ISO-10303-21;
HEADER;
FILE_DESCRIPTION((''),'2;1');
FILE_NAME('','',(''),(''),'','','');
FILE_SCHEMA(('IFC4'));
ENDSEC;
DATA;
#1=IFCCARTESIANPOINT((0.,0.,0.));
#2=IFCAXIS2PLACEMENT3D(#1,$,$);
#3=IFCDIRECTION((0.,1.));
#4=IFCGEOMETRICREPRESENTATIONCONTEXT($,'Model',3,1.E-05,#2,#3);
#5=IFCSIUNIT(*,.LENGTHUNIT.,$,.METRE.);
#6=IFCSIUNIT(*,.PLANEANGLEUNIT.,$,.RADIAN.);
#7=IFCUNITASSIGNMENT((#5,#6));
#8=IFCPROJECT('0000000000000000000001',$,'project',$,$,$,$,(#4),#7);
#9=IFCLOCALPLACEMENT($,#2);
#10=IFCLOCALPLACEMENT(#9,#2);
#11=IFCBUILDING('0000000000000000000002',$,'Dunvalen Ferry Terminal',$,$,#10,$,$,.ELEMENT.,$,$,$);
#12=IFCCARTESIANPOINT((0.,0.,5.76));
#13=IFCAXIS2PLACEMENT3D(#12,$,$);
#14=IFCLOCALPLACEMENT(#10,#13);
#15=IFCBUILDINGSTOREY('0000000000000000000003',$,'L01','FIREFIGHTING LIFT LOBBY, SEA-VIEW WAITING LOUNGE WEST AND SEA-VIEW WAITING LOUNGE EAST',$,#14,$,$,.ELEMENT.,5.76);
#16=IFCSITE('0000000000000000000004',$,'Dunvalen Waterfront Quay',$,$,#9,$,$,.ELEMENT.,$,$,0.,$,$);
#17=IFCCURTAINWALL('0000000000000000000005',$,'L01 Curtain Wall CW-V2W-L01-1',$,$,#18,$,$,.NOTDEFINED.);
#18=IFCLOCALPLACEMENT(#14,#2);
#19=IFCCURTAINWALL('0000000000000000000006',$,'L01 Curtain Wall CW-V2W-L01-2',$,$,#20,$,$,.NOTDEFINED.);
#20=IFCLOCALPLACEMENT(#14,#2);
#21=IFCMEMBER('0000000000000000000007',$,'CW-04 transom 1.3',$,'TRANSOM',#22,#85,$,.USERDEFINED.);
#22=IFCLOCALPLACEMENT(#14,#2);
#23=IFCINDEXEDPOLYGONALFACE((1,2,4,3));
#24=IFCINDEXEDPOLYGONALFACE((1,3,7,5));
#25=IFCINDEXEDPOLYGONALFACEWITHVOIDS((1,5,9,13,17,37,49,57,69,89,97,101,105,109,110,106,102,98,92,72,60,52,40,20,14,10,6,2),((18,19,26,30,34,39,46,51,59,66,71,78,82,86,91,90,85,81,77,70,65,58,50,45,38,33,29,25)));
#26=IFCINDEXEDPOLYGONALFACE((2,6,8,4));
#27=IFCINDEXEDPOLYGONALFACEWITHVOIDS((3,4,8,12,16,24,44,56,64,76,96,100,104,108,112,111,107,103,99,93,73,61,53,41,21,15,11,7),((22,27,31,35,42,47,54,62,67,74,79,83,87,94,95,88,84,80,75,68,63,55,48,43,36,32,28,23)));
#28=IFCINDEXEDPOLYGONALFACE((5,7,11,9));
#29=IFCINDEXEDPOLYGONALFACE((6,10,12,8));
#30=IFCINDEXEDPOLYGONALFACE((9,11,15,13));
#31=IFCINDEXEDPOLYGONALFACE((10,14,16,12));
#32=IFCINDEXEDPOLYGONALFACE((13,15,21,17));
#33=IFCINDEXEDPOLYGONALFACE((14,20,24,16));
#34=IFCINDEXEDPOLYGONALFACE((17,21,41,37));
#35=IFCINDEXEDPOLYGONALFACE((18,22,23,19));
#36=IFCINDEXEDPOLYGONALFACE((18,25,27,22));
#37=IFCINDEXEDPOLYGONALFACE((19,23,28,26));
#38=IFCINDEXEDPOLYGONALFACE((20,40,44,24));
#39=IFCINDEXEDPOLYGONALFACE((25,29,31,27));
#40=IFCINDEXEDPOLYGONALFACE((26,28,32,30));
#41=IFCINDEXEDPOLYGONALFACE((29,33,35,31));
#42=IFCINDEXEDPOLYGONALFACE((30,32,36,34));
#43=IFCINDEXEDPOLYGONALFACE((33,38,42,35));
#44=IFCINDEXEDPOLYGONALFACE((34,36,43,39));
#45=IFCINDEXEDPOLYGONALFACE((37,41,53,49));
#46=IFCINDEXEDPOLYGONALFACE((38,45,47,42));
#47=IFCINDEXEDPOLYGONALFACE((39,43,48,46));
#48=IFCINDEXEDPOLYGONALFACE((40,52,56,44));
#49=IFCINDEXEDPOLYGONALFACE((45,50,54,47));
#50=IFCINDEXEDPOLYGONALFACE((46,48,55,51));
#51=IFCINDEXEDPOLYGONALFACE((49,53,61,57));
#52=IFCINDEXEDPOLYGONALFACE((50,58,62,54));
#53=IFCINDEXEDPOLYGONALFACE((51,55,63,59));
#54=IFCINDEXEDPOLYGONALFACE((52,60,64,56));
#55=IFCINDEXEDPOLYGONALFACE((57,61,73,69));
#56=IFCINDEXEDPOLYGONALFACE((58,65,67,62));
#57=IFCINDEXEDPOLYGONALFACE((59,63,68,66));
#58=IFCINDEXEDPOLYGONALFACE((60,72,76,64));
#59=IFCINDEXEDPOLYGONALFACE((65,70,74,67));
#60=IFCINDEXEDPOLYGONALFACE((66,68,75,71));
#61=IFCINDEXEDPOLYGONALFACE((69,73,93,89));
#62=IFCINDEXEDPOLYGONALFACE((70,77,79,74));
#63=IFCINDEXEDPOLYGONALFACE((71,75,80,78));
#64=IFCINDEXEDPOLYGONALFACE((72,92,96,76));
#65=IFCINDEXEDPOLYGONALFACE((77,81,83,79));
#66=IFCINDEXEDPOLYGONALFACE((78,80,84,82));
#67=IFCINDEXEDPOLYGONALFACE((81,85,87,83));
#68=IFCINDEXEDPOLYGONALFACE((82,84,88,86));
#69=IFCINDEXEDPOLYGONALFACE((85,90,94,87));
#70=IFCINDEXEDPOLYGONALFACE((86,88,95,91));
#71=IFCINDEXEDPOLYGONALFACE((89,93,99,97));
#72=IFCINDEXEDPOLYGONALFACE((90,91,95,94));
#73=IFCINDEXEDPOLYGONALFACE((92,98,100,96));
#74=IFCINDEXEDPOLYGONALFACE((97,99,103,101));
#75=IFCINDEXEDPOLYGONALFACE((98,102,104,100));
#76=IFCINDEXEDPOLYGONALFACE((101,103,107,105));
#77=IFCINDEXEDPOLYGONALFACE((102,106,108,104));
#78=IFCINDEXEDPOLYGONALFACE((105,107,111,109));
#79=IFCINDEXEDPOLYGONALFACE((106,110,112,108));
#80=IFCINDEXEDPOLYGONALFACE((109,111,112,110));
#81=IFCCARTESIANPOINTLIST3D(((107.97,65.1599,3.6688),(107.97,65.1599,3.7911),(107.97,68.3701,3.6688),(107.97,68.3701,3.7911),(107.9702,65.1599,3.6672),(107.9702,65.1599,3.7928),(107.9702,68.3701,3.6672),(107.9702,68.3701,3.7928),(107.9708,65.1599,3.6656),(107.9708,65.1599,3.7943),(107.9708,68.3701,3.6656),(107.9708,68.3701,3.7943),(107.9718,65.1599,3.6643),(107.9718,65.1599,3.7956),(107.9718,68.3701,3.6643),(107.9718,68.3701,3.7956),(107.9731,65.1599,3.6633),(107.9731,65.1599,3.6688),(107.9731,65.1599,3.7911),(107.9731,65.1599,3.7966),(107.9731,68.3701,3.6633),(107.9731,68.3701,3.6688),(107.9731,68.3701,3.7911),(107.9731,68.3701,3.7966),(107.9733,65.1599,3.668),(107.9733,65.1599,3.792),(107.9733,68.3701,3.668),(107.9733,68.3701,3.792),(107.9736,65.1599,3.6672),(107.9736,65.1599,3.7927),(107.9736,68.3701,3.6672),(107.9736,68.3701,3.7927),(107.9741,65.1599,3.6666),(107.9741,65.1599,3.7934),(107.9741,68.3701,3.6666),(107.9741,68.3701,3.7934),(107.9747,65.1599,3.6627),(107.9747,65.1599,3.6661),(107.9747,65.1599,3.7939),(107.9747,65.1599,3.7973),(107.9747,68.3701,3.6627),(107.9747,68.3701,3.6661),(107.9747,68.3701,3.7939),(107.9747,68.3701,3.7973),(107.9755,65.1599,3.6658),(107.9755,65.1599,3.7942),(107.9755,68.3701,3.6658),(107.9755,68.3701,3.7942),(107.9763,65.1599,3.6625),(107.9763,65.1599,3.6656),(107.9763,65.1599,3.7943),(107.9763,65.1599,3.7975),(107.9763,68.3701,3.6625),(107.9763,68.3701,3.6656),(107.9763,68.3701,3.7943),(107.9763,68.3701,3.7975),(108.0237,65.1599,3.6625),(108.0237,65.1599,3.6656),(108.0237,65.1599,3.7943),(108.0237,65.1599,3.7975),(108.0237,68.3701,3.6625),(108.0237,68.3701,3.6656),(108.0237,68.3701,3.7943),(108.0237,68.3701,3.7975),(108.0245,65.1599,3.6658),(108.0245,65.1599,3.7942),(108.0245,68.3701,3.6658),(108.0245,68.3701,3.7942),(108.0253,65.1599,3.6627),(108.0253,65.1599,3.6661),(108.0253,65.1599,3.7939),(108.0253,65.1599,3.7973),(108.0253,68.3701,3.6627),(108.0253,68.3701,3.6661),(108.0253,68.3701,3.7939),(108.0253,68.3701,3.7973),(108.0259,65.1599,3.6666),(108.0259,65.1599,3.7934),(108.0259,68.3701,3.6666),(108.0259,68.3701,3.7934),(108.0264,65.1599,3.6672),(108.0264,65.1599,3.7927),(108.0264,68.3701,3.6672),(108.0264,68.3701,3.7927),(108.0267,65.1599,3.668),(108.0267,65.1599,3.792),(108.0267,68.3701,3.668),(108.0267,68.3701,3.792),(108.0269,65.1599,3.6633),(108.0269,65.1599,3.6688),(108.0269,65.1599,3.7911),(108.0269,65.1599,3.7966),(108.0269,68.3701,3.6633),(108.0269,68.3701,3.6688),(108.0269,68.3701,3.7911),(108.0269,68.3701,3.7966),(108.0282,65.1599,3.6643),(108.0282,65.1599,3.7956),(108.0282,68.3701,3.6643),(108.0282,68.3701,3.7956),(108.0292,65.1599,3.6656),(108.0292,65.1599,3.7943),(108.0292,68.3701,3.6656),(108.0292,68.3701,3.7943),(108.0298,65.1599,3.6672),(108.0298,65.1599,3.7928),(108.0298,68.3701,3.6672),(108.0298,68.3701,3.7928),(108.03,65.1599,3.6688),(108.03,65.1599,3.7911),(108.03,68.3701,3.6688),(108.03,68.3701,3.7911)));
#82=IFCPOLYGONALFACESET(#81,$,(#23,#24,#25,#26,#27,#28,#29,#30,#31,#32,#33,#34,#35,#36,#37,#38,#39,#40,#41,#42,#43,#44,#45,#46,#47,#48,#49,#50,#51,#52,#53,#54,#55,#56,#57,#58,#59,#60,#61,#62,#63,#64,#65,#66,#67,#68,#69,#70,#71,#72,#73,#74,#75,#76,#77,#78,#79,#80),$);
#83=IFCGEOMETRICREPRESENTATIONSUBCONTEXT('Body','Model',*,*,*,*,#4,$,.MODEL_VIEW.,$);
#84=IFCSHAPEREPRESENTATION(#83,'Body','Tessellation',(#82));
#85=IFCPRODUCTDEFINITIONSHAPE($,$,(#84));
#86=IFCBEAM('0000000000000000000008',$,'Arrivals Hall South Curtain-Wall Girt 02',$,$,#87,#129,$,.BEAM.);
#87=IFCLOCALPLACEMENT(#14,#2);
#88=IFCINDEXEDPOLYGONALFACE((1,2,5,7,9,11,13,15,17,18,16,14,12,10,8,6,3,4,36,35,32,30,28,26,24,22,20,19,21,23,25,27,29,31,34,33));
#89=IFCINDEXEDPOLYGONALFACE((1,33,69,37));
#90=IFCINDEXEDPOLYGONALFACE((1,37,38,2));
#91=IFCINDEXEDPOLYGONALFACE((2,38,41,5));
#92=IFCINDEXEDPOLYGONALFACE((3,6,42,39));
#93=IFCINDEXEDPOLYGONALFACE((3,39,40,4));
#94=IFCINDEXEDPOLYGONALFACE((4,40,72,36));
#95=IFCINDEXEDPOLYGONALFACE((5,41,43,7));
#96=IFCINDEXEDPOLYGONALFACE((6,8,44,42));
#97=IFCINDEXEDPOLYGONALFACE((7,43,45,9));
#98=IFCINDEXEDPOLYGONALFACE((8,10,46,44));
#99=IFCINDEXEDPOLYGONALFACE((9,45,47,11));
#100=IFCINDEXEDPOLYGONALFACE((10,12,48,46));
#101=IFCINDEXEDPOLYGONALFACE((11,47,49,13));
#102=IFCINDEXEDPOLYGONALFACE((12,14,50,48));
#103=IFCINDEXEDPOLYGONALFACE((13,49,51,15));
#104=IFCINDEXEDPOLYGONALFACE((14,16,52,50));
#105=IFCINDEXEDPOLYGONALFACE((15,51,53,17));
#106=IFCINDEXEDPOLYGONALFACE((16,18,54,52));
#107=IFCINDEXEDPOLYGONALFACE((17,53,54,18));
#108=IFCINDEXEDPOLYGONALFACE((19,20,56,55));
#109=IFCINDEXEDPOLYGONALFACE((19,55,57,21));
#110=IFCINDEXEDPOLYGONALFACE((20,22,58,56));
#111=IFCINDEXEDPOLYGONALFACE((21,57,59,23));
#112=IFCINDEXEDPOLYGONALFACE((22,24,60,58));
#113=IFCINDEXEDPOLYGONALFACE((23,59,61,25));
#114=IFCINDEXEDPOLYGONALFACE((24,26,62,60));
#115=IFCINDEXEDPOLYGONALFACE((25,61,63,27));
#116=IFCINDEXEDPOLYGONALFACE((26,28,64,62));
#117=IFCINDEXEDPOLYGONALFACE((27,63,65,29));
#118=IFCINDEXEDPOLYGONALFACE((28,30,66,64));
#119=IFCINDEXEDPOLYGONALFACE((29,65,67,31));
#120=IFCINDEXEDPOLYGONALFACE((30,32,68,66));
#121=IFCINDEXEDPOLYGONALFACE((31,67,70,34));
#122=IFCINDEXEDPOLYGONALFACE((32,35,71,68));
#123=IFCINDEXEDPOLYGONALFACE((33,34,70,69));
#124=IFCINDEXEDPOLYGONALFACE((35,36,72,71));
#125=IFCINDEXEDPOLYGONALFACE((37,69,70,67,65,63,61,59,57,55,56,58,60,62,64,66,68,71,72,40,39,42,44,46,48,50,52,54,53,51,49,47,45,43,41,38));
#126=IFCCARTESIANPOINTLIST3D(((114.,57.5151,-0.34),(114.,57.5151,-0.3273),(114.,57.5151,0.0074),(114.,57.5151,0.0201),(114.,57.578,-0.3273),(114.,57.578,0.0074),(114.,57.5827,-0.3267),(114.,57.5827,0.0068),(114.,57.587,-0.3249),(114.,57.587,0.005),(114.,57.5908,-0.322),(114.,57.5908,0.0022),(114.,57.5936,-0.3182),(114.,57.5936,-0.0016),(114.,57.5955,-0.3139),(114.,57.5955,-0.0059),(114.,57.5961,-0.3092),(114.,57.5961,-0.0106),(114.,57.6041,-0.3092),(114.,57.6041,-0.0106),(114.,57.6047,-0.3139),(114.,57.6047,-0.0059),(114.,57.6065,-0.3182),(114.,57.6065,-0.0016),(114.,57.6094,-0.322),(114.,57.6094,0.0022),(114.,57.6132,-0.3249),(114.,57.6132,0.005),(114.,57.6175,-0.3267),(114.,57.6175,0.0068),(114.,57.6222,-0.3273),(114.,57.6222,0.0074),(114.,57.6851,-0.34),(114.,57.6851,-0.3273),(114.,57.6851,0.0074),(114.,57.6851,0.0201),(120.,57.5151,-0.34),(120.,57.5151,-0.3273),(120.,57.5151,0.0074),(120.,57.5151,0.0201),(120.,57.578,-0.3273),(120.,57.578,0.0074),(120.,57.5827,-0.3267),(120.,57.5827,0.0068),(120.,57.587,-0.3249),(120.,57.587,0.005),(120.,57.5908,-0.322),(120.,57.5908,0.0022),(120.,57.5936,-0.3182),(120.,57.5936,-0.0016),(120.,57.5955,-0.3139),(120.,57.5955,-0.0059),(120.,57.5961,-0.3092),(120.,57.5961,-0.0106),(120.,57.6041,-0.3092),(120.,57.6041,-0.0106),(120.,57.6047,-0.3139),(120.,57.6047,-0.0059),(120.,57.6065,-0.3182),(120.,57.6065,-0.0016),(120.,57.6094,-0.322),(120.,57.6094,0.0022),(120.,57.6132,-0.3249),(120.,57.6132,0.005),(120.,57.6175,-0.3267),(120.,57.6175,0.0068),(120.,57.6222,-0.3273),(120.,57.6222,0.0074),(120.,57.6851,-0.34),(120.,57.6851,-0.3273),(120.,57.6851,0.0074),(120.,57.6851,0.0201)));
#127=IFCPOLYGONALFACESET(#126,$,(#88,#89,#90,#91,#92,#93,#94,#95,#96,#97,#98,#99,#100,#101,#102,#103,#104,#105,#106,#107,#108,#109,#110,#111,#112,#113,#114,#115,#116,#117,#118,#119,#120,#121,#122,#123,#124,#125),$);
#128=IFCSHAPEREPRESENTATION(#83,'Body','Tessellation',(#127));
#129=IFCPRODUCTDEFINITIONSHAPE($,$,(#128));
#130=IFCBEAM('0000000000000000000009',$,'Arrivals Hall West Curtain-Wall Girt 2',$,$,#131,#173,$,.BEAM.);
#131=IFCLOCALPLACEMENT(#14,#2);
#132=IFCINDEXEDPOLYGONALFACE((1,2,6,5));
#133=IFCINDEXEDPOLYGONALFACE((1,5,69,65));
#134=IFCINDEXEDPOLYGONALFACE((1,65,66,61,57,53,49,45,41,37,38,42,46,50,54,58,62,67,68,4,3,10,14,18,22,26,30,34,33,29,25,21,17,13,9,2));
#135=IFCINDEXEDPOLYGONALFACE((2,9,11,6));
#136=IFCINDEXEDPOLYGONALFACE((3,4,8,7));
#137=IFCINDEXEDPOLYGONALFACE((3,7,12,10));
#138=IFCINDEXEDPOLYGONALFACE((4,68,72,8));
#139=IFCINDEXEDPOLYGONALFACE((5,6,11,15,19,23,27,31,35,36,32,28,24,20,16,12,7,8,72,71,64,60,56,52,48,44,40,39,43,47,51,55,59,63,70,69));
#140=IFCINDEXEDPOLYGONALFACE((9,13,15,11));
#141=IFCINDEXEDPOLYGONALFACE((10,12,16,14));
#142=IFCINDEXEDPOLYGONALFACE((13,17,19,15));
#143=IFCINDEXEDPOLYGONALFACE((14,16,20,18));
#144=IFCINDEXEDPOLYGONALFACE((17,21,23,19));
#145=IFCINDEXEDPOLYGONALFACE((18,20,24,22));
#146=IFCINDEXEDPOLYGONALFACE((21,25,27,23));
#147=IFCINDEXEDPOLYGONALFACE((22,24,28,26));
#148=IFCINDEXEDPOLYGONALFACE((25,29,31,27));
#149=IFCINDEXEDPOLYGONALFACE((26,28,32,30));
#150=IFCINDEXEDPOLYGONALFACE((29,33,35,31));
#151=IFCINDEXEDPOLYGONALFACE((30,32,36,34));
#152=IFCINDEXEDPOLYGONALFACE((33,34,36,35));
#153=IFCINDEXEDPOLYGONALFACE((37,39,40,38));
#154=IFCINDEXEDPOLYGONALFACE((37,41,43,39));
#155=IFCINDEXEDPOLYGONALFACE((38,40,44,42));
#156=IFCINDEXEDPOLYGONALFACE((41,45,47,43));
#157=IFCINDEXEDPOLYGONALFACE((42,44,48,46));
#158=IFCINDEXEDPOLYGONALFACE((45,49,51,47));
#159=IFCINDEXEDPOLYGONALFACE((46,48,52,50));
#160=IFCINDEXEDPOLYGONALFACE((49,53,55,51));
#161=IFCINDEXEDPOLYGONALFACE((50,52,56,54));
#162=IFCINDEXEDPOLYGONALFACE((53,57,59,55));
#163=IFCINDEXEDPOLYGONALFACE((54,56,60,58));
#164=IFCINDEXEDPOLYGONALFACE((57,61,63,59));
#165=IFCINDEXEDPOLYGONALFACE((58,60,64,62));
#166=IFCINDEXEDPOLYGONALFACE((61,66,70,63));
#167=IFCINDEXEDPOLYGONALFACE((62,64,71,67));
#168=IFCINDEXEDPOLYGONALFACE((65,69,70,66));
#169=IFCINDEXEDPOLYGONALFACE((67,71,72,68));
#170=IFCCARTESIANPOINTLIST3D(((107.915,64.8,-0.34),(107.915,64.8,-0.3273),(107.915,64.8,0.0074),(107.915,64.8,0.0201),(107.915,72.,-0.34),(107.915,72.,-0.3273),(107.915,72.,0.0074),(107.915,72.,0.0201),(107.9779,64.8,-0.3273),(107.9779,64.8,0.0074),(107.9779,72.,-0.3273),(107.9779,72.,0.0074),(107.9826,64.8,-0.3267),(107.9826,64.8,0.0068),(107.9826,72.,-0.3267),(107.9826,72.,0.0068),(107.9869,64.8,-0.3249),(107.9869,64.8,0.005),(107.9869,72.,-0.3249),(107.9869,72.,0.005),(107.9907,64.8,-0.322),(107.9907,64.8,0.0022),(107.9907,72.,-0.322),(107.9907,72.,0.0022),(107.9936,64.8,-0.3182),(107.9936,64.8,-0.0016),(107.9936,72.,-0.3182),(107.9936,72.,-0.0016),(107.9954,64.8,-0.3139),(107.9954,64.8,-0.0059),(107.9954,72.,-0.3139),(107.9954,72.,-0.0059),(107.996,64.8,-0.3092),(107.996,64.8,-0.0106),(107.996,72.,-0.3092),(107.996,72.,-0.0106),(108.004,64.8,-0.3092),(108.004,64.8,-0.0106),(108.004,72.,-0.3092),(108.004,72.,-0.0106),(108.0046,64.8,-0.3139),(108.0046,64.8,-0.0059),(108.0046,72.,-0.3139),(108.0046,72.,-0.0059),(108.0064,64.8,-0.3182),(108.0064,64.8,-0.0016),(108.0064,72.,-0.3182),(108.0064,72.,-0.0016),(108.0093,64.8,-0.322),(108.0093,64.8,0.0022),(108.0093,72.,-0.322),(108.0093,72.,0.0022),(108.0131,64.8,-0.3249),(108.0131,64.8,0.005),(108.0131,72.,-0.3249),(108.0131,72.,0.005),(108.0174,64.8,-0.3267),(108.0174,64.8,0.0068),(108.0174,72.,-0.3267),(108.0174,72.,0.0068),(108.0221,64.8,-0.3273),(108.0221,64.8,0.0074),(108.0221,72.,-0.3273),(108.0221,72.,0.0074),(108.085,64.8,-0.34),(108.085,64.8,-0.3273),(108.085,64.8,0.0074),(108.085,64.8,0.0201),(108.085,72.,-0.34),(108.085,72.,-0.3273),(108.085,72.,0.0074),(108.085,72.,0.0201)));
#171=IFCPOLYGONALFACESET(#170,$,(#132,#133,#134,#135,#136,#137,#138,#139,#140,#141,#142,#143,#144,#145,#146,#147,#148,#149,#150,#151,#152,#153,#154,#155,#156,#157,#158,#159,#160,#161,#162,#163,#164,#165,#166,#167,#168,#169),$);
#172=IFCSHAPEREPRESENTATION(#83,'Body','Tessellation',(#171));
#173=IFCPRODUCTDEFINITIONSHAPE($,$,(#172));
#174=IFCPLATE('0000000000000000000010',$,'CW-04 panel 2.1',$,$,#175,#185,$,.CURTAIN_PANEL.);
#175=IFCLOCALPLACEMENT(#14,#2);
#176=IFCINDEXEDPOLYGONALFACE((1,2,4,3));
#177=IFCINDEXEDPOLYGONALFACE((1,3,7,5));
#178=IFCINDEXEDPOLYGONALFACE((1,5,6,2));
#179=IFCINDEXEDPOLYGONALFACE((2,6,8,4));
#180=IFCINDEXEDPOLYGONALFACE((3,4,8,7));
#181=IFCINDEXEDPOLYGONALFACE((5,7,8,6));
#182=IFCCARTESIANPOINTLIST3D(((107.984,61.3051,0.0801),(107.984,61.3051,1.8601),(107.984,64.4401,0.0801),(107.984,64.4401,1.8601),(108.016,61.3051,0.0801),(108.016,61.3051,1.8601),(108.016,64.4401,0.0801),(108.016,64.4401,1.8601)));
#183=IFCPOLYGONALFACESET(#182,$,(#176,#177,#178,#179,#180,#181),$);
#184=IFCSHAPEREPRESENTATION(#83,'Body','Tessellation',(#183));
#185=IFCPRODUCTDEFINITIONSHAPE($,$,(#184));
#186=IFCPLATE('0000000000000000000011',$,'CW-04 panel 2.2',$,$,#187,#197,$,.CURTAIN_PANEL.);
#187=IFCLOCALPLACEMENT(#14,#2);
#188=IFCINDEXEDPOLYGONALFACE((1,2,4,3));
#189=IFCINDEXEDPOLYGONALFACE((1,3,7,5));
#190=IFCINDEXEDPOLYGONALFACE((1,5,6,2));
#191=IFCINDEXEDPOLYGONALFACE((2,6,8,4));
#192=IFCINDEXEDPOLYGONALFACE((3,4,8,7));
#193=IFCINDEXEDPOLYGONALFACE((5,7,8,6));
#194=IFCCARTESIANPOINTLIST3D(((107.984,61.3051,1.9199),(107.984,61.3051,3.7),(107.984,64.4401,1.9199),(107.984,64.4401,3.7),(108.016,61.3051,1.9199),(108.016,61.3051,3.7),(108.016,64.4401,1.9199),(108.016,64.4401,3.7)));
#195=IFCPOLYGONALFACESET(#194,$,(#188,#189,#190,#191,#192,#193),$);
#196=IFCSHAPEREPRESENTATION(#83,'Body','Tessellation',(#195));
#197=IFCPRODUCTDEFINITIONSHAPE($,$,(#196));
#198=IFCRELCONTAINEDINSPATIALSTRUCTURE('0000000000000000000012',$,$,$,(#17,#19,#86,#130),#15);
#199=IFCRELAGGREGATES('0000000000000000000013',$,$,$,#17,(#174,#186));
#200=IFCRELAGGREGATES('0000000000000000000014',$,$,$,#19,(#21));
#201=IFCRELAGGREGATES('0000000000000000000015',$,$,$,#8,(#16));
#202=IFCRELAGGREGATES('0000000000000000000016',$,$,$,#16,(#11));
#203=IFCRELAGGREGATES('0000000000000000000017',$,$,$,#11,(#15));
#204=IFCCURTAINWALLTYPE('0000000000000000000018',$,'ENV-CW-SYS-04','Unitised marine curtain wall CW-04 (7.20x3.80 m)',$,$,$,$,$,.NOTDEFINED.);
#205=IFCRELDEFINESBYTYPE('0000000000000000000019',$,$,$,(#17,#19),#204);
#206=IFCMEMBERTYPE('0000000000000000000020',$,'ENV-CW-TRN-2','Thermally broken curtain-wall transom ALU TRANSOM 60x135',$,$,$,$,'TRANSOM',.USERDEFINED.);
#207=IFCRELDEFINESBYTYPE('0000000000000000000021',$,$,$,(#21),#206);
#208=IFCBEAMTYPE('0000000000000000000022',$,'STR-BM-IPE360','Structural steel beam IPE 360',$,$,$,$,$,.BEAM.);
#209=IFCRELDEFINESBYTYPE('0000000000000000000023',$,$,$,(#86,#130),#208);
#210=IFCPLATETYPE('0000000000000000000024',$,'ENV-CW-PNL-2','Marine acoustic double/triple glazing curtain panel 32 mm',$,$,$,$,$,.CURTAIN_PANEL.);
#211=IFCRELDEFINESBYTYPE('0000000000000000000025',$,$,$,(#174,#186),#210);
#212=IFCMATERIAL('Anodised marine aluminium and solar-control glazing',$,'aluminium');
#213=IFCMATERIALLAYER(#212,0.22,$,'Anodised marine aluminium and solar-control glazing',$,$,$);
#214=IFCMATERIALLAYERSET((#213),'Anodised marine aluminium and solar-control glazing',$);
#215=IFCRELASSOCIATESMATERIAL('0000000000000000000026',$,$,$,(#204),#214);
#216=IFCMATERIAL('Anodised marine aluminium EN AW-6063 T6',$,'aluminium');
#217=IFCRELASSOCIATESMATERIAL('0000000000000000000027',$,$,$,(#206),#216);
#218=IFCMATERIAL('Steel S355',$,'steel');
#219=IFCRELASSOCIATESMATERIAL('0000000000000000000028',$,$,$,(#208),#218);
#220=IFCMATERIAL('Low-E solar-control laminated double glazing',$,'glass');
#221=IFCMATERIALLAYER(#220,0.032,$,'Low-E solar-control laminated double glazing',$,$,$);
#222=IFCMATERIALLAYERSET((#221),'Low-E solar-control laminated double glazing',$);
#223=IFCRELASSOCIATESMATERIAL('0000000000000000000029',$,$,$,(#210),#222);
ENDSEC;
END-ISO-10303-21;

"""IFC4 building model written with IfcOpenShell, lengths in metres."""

from ifc_helpers import new_model, si_unit, direction, frame, origin, origin_2d, place, context, subcontext, project, spatial, rectangle, hollow_rectangle, i_section, extrude, material, layer, layer_set, material_profile, profile_set, type_object, element, aggregate, save


model = new_model("IFC4")

# Units and contexts
model_context = context("Model", 3, precision=1e-05, world=origin(), true_north=direction((0.0, 1.0)))
body_context = subcontext(model_context, "Body", "Model", "MODEL_VIEW")
ifc_project = project(units=[si_unit("LENGTHUNIT", "METRE"), si_unit("PLANEANGLEUNIT", "RADIAN")], contexts=[model_context])

# Site, building, storey
site_placement = place(None, origin())
site = spatial("IfcSite", under=ifc_project, at=site_placement, Name="Dunvalen Waterfront Quay", CompositionType="ELEMENT", RefElevation=0.0)
building_placement = place(site_placement, origin())
building = spatial("IfcBuilding", under=site, at=building_placement, Name="Dunvalen Ferry Terminal", CompositionType="ELEMENT")
storey_placement = place(building_placement, frame((0.0, 0.0, 5.76)))
storey = spatial("IfcBuildingStorey", under=building, at=storey_placement, Name="L01", Description="FIREFIGHTING LIFT LOBBY, SEA-VIEW WAITING LOUNGE WEST AND SEA-VIEW WAITING LOUNGE EAST", CompositionType="ELEMENT", Elevation=5.76)

# Shared definitions
ifc_material_1 = material(Name="Anodised marine aluminium and solar-control glazing", Category="aluminium")
ifc_material_2 = material(Name="Anodised marine aluminium EN AW-6063 T6", Category="aluminium")

# Curtain walls
ifc_layer_1 = layer(ifc_material_1, 0.22, Name="Anodised marine aluminium and solar-control glazing")
ifc_layer_set_1 = layer_set([ifc_layer_1], Name="Anodised marine aluminium and solar-control glazing")
curtain_wall_type_1 = type_object("IfcCurtainWallType", Name="ENV-CW-SYS-04", Description="Unitised marine curtain wall CW-04 (7.20x3.80 m)", PredefinedType="NOTDEFINED", material=ifc_layer_set_1)
curtain_wall_1_placement = place(storey_placement, origin())
curtain_wall_1 = element("IfcCurtainWall", 1, at=curtain_wall_1_placement, inside=storey, type_object=curtain_wall_type_1, Name="L01 Curtain Wall CW-V2W-L01-1", PredefinedType="NOTDEFINED")
curtain_wall_2_placement = place(storey_placement, origin())
curtain_wall_2 = element("IfcCurtainWall", 2, at=curtain_wall_2_placement, inside=storey, type_object=curtain_wall_type_1, Name="L01 Curtain Wall CW-V2W-L01-2", PredefinedType="NOTDEFINED")

# Member
ifc_material_profile_1 = material_profile(ifc_material_2, hollow_rectangle(XDim=0.0601, YDim=0.135, WallThickness=0.0032, InnerFilletRadius=0.0032, OuterFilletRadius=0.0063, at=origin_2d()), Name="Anodised marine aluminium EN AW-6063 T6")
ifc_profile_set_1 = profile_set([ifc_material_profile_1], Name="Anodised marine aluminium EN AW-6063 T6")
member_type_1 = type_object("IfcMemberType", Name="ENV-CW-TRN-2", Description="Thermally broken curtain-wall transom ALU TRANSOM 60x135", ElementType="TRANSOM", PredefinedType="USERDEFINED", material=ifc_profile_set_1)
member_1_placement = place(storey_placement, frame((108.0, 65.1599, 3.73), z_axis=(0.0, 1.0, 0.0), x_axis=(-1.0, 0.0, 0.0)))
member_1 = element("IfcMember", 3, at=member_1_placement, type_object=member_type_1, Name="CW-04 transom 1.3", ObjectType="TRANSOM", PredefinedType="USERDEFINED", context=body_context, shape_type="SweptSolid", body=[
    extrude(hollow_rectangle(XDim=0.0601, YDim=0.135, WallThickness=0.0032, InnerFilletRadius=0.0032, OuterFilletRadius=0.0063, at=origin_2d()), origin(), (0.0, 0.0, 1.0), 3.2102),
])

# Beams
ifc_material_3 = material(Name="Steel S355", Category="steel")
ifc_material_profile_2 = material_profile(ifc_material_3, i_section(OverallWidth=0.1699, OverallDepth=0.3601, WebThickness=0.0081, FlangeThickness=0.0127, FilletRadius=0.0181, at=origin_2d()), Name="Steel S355")
ifc_profile_set_2 = profile_set([ifc_material_profile_2], Name="Steel S355")
beam_type = type_object("IfcBeamType", Name="STR-BM-IPE360", Description="Structural steel beam IPE 360", PredefinedType="BEAM", material=ifc_profile_set_2)
beam_1_placement = place(storey_placement, frame((114.0, 57.6001, -0.1599), z_axis=(1.0, 0.0, 0.0), x_axis=(0.0, 1.0, 0.0)))
element("IfcBeam", 4, at=beam_1_placement, inside=storey, type_object=beam_type, Name="Arrivals Hall South Curtain-Wall Girt 02", PredefinedType="BEAM", context=body_context, shape_type="SweptSolid", body=[
    extrude(i_section(OverallWidth=0.1699, OverallDepth=0.3601, WebThickness=0.0081, FlangeThickness=0.0127, FilletRadius=0.0181, at=origin_2d()), origin(), (0.0, 0.0, 1.0), 6.0),
])
beam_2_placement = place(storey_placement, frame((108.0, 64.8, -0.1599), z_axis=(0.0, 1.0, 0.0), x_axis=(-1.0, 0.0, 0.0)))
element("IfcBeam", 5, at=beam_2_placement, inside=storey, type_object=beam_type, Name="Arrivals Hall West Curtain-Wall Girt 2", PredefinedType="BEAM", context=body_context, shape_type="SweptSolid", body=[
    extrude(i_section(OverallWidth=0.1699, OverallDepth=0.3601, WebThickness=0.0081, FlangeThickness=0.0127, FilletRadius=0.0181, at=origin_2d()), origin(), (0.0, 0.0, 1.0), 7.2),
])

# Plates
ifc_material_4 = material(Name="Low-E solar-control laminated double glazing", Category="glass")
ifc_layer_2 = layer(ifc_material_4, 0.032, Name="Low-E solar-control laminated double glazing")
ifc_layer_set_2 = layer_set([ifc_layer_2], Name="Low-E solar-control laminated double glazing")
plate_type_1 = type_object("IfcPlateType", Name="ENV-CW-PNL-2", Description="Marine acoustic double/triple glazing curtain panel 32 mm", PredefinedType="CURTAIN_PANEL", material=ifc_layer_set_2)
plate_1_placement = place(storey_placement, frame((108.0, 62.8726, 0.0801), z_axis=(0.0, 0.0, 1.0), x_axis=(0.0, 1.0, 0.0)))
plate_1 = element("IfcPlate", 6, at=plate_1_placement, type_object=plate_type_1, Name="CW-04 panel 2.1", PredefinedType="CURTAIN_PANEL", context=body_context, shape_type="SweptSolid", body=[
    extrude(rectangle(XDim=3.135, YDim=0.032, at=origin_2d()), origin(), (0.0, 0.0, 1.0), 1.78),
])
plate_2_placement = place(storey_placement, frame((108.0, 62.8726, 1.9199), z_axis=(0.0, 0.0, 1.0), x_axis=(0.0, 1.0, 0.0)))
plate_2 = element("IfcPlate", 7, at=plate_2_placement, type_object=plate_type_1, Name="CW-04 panel 2.2", PredefinedType="CURTAIN_PANEL", context=body_context, shape_type="SweptSolid", body=[
    extrude(rectangle(XDim=3.135, YDim=0.032, at=origin_2d()), origin(), (0.0, 0.0, 1.0), 1.78),
])
aggregate(curtain_wall_1, [plate_1, plate_2])
aggregate(curtain_wall_2, [member_1])

save(model, "model.ifc")
